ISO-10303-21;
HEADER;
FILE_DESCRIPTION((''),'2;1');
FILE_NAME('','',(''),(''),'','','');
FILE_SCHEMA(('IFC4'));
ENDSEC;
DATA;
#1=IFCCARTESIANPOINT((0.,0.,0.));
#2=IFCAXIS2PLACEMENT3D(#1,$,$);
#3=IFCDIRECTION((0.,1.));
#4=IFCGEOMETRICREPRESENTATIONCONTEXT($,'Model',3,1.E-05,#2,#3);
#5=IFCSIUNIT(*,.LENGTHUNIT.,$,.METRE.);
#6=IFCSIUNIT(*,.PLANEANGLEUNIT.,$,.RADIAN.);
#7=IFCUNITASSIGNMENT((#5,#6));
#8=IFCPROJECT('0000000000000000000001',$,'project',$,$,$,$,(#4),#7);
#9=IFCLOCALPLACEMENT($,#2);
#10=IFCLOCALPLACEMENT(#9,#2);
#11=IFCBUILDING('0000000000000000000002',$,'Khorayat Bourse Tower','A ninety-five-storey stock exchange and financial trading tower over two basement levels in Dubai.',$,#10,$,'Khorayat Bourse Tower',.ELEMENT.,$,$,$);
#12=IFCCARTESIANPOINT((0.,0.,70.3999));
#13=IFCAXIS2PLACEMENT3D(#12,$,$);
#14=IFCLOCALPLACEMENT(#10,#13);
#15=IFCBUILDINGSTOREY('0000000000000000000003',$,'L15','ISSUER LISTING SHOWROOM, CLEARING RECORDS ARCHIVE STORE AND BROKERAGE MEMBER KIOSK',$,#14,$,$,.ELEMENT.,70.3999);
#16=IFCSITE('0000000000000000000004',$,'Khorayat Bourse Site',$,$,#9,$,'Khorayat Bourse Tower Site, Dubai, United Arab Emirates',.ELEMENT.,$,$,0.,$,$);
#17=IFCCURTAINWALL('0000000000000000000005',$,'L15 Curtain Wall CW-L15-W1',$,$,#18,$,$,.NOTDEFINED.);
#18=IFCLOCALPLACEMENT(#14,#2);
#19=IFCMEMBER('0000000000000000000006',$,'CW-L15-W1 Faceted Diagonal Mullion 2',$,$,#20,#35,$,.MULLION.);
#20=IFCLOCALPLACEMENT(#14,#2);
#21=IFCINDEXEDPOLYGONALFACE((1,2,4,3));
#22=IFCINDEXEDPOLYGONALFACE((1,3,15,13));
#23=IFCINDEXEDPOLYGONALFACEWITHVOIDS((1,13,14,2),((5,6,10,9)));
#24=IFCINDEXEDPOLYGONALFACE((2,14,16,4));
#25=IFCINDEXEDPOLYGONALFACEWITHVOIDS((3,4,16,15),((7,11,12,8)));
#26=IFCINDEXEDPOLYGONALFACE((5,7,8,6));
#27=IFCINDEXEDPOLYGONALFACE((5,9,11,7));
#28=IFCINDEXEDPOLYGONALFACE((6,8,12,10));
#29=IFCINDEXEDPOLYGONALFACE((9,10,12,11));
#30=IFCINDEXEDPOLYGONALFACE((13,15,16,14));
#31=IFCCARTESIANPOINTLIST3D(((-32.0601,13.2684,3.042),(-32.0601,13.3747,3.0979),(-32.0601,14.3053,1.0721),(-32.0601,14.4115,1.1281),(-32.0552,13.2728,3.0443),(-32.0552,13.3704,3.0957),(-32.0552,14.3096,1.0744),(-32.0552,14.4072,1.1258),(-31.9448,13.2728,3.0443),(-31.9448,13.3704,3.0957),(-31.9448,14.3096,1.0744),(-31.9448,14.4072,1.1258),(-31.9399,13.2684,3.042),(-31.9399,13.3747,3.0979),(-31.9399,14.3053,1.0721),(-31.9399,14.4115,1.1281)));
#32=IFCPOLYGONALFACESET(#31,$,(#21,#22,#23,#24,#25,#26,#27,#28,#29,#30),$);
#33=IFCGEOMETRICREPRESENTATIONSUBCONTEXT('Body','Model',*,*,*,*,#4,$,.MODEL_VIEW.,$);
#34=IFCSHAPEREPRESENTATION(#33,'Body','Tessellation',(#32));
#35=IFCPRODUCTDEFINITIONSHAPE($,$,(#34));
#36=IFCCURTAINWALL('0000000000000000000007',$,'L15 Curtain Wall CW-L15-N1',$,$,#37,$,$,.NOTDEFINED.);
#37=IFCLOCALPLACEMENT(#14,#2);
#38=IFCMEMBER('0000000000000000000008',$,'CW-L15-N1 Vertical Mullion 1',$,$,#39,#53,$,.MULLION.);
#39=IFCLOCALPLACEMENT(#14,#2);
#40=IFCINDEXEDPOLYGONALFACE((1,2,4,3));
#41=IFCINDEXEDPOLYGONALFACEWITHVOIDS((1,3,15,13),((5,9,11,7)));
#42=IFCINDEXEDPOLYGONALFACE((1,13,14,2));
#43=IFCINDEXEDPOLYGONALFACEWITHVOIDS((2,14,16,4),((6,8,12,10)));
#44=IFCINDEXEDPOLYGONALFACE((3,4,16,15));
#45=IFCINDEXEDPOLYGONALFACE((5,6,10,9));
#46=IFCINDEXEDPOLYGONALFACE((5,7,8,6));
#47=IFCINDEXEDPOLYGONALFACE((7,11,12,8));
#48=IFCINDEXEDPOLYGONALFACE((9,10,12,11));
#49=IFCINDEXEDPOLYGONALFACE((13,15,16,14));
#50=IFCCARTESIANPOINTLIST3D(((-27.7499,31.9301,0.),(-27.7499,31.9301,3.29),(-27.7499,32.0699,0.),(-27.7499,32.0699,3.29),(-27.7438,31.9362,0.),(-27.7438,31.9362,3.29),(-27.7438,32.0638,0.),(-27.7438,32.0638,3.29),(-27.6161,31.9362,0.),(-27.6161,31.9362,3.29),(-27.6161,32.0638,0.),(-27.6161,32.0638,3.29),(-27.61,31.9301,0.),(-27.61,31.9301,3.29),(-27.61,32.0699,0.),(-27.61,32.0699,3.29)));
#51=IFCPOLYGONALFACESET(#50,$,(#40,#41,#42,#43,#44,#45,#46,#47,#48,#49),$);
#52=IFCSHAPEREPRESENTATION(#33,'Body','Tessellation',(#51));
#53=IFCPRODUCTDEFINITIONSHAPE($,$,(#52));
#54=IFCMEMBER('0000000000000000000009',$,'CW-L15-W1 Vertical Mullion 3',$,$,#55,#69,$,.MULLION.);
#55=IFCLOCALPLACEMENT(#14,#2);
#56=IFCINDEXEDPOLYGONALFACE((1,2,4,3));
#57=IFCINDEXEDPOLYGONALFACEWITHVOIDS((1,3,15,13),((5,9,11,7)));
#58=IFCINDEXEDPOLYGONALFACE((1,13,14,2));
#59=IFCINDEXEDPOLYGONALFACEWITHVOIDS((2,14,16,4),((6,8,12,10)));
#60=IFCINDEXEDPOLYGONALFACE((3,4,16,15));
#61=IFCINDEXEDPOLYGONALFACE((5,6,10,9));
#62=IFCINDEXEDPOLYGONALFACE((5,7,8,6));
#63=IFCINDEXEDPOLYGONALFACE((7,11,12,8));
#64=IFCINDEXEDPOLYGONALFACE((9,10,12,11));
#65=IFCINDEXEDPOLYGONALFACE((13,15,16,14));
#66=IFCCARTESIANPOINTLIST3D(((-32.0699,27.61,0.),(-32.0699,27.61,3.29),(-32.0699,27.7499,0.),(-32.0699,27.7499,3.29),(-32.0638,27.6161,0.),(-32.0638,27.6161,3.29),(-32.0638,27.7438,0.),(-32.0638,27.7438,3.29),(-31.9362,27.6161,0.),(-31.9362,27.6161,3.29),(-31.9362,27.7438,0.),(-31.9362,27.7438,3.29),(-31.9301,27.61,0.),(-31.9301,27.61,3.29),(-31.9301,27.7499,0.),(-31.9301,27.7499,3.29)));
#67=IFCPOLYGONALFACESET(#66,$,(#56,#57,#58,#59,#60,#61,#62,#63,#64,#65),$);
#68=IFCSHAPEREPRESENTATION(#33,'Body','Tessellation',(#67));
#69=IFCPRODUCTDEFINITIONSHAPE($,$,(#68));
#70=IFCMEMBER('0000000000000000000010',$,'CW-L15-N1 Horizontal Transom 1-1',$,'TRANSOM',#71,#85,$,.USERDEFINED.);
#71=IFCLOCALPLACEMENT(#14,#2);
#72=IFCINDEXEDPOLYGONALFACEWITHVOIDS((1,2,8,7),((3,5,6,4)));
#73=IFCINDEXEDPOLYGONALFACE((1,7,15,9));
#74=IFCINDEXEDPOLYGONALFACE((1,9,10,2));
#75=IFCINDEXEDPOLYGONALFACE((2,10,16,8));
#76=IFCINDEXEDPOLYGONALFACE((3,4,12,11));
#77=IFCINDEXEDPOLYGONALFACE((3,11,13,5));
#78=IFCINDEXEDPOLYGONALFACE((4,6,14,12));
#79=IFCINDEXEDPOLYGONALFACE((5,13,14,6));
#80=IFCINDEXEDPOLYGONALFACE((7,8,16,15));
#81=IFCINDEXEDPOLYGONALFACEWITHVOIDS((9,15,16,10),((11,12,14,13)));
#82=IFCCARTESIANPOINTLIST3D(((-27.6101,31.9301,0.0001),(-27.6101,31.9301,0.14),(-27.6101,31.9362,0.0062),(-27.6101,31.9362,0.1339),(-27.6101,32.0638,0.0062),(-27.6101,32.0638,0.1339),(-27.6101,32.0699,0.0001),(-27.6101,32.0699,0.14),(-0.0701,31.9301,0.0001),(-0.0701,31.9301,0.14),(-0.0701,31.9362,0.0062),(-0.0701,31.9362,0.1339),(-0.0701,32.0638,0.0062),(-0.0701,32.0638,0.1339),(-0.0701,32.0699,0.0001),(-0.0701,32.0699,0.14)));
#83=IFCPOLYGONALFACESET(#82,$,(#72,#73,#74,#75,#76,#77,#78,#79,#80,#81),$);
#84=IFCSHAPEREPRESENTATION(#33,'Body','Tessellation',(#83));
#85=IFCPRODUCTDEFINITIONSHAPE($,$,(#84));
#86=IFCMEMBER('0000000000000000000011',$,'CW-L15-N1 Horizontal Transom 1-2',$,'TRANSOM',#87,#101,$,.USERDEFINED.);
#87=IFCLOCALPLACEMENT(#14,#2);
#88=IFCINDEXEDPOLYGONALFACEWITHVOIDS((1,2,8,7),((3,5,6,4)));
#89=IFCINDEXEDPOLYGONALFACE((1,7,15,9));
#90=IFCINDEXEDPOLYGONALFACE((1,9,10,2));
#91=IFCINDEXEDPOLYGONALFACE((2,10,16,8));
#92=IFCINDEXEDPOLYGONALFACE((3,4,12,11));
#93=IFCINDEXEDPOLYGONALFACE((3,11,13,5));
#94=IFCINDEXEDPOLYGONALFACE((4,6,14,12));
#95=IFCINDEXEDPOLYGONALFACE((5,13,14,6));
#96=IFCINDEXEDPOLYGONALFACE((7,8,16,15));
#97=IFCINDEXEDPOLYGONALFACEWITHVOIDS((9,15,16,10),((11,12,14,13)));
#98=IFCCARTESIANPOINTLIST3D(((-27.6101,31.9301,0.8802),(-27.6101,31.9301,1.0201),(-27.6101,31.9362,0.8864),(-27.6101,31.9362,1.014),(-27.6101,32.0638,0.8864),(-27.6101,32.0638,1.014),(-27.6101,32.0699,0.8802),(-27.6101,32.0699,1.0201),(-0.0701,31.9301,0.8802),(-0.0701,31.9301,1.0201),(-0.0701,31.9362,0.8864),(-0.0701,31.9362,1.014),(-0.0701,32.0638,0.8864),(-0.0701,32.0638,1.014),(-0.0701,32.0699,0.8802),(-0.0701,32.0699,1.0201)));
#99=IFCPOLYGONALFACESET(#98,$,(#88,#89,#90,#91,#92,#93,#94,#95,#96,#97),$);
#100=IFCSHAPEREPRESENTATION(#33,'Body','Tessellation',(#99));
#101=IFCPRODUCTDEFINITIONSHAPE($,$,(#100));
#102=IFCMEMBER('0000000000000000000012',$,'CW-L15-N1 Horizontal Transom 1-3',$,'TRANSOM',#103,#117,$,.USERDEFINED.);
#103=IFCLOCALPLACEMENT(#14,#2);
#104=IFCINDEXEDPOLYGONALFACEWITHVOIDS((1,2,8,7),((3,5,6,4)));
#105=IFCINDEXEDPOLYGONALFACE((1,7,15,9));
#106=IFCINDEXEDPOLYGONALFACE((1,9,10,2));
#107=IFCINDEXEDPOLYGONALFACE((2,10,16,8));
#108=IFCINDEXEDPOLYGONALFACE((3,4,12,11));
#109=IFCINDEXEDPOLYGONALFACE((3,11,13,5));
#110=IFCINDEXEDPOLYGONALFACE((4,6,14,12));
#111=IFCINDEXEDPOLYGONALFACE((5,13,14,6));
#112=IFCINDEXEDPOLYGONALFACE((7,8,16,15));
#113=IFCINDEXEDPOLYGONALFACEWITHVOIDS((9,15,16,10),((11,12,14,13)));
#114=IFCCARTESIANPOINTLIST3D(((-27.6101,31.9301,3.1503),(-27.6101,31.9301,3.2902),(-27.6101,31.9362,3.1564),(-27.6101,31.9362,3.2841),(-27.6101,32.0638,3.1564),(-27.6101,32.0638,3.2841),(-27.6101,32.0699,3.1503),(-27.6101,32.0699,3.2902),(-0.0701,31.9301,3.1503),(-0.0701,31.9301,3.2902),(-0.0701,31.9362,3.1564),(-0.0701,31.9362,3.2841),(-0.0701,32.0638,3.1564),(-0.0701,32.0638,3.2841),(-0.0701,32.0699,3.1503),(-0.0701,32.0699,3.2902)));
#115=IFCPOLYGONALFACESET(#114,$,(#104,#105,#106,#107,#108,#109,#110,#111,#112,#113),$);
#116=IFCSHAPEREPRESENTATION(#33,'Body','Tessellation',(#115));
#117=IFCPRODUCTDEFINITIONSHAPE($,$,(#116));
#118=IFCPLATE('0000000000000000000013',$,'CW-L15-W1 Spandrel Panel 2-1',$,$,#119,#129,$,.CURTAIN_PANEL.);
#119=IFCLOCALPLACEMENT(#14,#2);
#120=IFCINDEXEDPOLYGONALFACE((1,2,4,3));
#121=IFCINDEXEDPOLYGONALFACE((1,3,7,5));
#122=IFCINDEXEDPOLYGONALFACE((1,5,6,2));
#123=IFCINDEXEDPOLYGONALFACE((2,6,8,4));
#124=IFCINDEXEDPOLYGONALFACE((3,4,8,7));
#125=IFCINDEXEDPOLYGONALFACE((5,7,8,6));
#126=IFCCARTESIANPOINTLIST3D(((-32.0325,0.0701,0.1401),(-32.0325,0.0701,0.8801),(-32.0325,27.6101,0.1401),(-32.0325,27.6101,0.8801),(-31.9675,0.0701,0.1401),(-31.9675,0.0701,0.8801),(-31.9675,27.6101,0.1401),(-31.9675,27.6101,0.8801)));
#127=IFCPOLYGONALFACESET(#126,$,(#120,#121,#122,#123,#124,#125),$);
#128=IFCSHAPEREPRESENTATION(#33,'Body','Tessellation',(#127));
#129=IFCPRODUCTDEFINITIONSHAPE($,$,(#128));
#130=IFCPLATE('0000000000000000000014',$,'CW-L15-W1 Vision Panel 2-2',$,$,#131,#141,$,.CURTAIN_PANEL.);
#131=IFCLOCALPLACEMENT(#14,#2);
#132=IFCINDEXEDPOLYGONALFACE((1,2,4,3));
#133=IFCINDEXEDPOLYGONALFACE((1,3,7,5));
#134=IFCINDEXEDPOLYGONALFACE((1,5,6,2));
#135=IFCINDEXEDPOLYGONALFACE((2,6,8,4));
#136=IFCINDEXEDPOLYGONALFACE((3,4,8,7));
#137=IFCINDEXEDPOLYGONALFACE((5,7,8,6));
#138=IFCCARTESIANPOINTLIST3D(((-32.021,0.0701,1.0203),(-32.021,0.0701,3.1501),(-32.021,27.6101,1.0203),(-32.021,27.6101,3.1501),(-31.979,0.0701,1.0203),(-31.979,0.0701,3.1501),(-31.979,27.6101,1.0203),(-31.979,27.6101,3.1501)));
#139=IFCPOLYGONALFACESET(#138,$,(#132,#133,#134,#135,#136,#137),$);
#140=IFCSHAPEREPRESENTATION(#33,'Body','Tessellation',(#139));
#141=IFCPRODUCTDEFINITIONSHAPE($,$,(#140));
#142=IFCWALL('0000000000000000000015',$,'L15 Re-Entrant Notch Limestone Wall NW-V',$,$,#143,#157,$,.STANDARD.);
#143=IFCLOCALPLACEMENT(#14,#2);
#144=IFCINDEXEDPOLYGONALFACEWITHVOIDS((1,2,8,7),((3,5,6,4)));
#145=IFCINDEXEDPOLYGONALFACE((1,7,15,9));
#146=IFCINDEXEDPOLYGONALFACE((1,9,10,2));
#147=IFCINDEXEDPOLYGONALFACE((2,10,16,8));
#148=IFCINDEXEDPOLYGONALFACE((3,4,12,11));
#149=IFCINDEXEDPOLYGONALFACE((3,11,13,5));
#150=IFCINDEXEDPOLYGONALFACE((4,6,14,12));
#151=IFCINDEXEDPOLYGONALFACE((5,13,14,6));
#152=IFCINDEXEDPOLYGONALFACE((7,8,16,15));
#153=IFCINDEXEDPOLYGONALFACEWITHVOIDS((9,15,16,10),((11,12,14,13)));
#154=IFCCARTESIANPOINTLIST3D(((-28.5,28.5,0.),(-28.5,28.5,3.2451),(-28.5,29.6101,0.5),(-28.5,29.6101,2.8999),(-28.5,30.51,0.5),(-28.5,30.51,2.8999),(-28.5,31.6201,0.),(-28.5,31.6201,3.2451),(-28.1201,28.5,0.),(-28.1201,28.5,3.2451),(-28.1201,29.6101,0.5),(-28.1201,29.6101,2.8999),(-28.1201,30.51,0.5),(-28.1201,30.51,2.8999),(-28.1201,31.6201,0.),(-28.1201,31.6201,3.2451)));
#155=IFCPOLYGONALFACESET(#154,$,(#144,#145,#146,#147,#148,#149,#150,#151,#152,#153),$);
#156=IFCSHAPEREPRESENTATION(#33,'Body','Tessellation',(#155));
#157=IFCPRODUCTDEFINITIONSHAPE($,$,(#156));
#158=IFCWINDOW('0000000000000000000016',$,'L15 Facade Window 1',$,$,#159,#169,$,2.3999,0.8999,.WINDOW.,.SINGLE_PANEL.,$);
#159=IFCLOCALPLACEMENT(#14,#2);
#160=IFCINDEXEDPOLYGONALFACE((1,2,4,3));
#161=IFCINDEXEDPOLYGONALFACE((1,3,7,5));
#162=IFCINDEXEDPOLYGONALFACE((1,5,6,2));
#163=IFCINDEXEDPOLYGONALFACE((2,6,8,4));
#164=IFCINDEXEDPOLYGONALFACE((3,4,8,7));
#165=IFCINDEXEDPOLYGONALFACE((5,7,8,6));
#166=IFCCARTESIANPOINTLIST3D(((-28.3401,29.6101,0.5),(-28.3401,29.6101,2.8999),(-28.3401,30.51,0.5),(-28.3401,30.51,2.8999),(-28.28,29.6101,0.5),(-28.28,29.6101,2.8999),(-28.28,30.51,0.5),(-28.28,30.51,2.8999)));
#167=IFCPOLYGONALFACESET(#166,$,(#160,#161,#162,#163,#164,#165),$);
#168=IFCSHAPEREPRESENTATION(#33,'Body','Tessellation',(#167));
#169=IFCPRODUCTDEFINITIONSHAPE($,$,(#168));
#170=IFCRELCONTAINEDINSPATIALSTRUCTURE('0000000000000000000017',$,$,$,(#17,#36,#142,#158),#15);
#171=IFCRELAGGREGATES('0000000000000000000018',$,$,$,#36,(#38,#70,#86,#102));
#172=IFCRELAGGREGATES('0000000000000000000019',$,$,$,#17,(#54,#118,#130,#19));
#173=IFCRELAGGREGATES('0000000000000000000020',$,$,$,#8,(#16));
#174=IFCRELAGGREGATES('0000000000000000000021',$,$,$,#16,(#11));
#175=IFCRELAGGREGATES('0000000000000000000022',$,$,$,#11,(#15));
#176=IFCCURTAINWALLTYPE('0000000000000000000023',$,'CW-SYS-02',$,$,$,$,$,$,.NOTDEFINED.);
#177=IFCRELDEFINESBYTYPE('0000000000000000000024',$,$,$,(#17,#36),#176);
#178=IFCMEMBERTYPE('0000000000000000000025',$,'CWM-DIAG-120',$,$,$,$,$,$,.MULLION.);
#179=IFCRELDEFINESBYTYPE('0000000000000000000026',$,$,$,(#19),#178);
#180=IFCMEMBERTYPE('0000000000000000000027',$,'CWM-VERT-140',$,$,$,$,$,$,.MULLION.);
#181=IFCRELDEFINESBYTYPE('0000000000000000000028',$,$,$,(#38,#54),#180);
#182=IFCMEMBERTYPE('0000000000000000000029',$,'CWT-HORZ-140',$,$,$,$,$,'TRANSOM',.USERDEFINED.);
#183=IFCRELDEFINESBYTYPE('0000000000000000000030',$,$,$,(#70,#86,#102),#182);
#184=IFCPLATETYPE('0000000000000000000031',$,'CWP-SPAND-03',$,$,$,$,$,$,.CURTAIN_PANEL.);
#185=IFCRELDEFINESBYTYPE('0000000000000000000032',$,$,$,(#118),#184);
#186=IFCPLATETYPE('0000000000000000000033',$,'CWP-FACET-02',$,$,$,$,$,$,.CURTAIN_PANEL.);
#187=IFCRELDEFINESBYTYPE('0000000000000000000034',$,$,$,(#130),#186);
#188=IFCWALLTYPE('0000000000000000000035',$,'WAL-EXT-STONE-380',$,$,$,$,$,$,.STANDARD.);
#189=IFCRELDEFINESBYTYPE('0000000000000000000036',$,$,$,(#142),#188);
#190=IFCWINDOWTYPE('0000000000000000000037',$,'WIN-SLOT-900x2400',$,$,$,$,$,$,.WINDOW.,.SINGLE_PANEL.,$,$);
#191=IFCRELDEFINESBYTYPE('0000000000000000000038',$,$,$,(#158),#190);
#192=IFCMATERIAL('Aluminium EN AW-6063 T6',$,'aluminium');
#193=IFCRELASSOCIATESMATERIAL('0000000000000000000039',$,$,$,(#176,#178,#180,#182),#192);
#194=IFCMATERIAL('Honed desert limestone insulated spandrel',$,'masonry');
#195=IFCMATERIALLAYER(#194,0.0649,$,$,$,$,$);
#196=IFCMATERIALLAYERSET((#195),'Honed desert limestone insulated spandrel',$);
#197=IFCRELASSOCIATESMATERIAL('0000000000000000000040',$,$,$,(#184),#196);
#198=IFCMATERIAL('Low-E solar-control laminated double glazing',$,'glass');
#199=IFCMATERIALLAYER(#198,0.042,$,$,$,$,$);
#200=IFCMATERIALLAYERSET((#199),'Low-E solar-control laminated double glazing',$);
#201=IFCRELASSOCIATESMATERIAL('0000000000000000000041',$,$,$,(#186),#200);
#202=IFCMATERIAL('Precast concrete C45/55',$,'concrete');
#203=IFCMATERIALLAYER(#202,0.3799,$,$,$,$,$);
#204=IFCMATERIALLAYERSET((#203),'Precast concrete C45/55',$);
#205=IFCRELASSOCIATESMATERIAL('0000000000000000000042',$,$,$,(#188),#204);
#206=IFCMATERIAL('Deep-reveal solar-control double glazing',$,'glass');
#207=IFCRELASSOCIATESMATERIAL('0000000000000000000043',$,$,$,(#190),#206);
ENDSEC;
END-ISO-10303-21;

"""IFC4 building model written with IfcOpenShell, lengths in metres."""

from ifc_helpers import new_model, si_unit, direction, frame, frame_2d, origin, origin_2d, place, context, subcontext, project, spatial, rectangle, hollow_rectangle, extrude, source, transform, mapped, material, layer, layer_set, material_profile, profile_set, type_object, element, fill, aggregate, save


model = new_model("IFC4")

# Units and contexts
model_context = context("Model", 3, precision=1e-05, world=origin(), true_north=direction((0.0, 1.0)))
body_context = subcontext(model_context, "Body", "Model", "MODEL_VIEW")
ifc_project = project(units=[si_unit("LENGTHUNIT", "METRE"), si_unit("PLANEANGLEUNIT", "RADIAN")], contexts=[model_context])

# Site, building, storey
site_placement = place(None, origin())
site = spatial("IfcSite", under=ifc_project, at=site_placement, Name="Khorayat Bourse Site", LongName="Khorayat Bourse Tower Site, Dubai, United Arab Emirates", CompositionType="ELEMENT", RefElevation=0.0)
building_placement = place(site_placement, origin())
building = spatial("IfcBuilding", under=site, at=building_placement, Name="Khorayat Bourse Tower", Description="A ninety-five-storey stock exchange and financial trading tower over two basement levels in Dubai.", LongName="Khorayat Bourse Tower", CompositionType="ELEMENT")
storey_placement = place(building_placement, frame((0.0, 0.0, 70.3999)))
storey = spatial("IfcBuildingStorey", under=building, at=storey_placement, Name="L15", Description="ISSUER LISTING SHOWROOM, CLEARING RECORDS ARCHIVE STORE AND BROKERAGE MEMBER KIOSK", CompositionType="ELEMENT", Elevation=70.3999)

# Curtain walls, members
ifc_material_1 = material(Name="Aluminium EN AW-6063 T6", Category="aluminium")
curtain_wall_type = type_object("IfcCurtainWallType", Name="CW-SYS-02", PredefinedType="NOTDEFINED", material=ifc_material_1)
curtain_wall_1_placement = place(storey_placement, origin())
curtain_wall_1 = element("IfcCurtainWall", 1, at=curtain_wall_1_placement, inside=storey, type_object=curtain_wall_type, Name="L15 Curtain Wall CW-L15-W1", PredefinedType="NOTDEFINED")
ifc_material_profile_1 = material_profile(ifc_material_1, hollow_rectangle(XDim=0.1201, YDim=0.1201, WallThickness=0.0049, at=origin_2d()), Name="ALU 120x120x5")
ifc_profile_set_1 = profile_set([ifc_material_profile_1], Name="Aluminium EN AW-6063 T6")
member_type_1 = type_object("IfcMemberType", Name="CWM-DIAG-120", PredefinedType="MULLION", material=ifc_profile_set_1)
shared_shape_1 = source(origin(), body_context, "Body", "SweptSolid", [
    extrude(hollow_rectangle(XDim=0.1201, YDim=0.1201, WallThickness=0.0049, at=origin_2d()), origin(), (0.0, 0.0, 1.0), 2.2261),
])
member_1_placement = place(storey_placement, frame((-32.0, 14.3584, 1.1001), z_axis=(0.0, -0.46576, 0.884911), x_axis=(1.0, 0.0, 0.0)))
member_1 = element("IfcMember", 2, at=member_1_placement, type_object=member_type_1, Name="CW-L15-W1 Faceted Diagonal Mullion 2", PredefinedType="MULLION", context=body_context, shape_type="MappedRepresentation", body=[
    mapped(shared_shape_1, transform((0.0, 0.0, 0.0), scale=1.0)),
])
curtain_wall_2_placement = place(storey_placement, origin())
curtain_wall_2 = element("IfcCurtainWall", 3, at=curtain_wall_2_placement, inside=storey, type_object=curtain_wall_type, Name="L15 Curtain Wall CW-L15-N1", PredefinedType="NOTDEFINED")
ifc_material_profile_2 = material_profile(ifc_material_1, hollow_rectangle(XDim=0.1399, YDim=0.1399, WallThickness=0.0061, at=origin_2d()), Name="ALU 140x140x6")
ifc_profile_set_2 = profile_set([ifc_material_profile_2], Name="Aluminium EN AW-6063 T6")
member_type_2 = type_object("IfcMemberType", Name="CWM-VERT-140", PredefinedType="MULLION", material=ifc_profile_set_2)
shared_shape_2 = source(origin(), body_context, "Body", "SweptSolid", [
    extrude(hollow_rectangle(XDim=0.1399, YDim=0.1399, WallThickness=0.0061, at=origin_2d()), origin(), (0.0, 0.0, 1.0), 3.29),
])
member_2_placement = place(storey_placement, frame((-27.6799, 32.0, 0.0), z_axis=(0.0, 0.0, 1.0), x_axis=(0.0, 1.0, 0.0)))
member_2 = element("IfcMember", 4, at=member_2_placement, type_object=member_type_2, Name="CW-L15-N1 Vertical Mullion 1", PredefinedType="MULLION", context=body_context, shape_type="MappedRepresentation", body=[
    mapped(shared_shape_2, transform((0.0, 0.0, 0.0), scale=1.0)),
])

# Members
member_3_placement = place(storey_placement, frame((-32.0, 27.6799, 0.0), z_axis=(0.0, 0.0, 1.0), x_axis=(-1.0, 0.0, 0.0)))
member_3 = element("IfcMember", 5, at=member_3_placement, type_object=member_type_2, Name="CW-L15-W1 Vertical Mullion 3", PredefinedType="MULLION", context=body_context, shape_type="MappedRepresentation", body=[
    mapped(shared_shape_2, transform((0.0, 0.0, 0.0), scale=1.0)),
])
ifc_material_profile_3 = material_profile(ifc_material_1, hollow_rectangle(XDim=0.1399, YDim=0.1399, WallThickness=0.0061, at=origin_2d()), Name="ALU 140x140x6")
ifc_profile_set_3 = profile_set([ifc_material_profile_3], Name="Aluminium EN AW-6063 T6")
member_type_3 = type_object("IfcMemberType", Name="CWT-HORZ-140", ElementType="TRANSOM", PredefinedType="USERDEFINED", material=ifc_profile_set_3)
shared_shape_3 = source(origin(), body_context, "Body", "SweptSolid", [
    extrude(hollow_rectangle(XDim=0.1399, YDim=0.1399, WallThickness=0.0061, at=origin_2d()), origin(), (0.0, 0.0, 1.0), 27.54),
])
member_4_placement = place(storey_placement, frame((-27.6101, 32.0, 0.0701), z_axis=(1.0, 0.0, 0.0), x_axis=(0.0, 1.0, 0.0)))
member_4 = element("IfcMember", 6, at=member_4_placement, type_object=member_type_3, Name="CW-L15-N1 Horizontal Transom 1-1", ObjectType="TRANSOM", PredefinedType="USERDEFINED", context=body_context, shape_type="MappedRepresentation", body=[
    mapped(shared_shape_3, transform((0.0, 0.0, 0.0), scale=1.0)),
])
member_5_placement = place(storey_placement, frame((-27.6101, 32.0, 0.9502), z_axis=(1.0, 0.0, 0.0), x_axis=(0.0, 1.0, 0.0)))
member_5 = element("IfcMember", 7, at=member_5_placement, type_object=member_type_3, Name="CW-L15-N1 Horizontal Transom 1-2", ObjectType="TRANSOM", PredefinedType="USERDEFINED", context=body_context, shape_type="MappedRepresentation", body=[
    mapped(shared_shape_3, transform((0.0, 0.0, 0.0), scale=1.0)),
])
member_6_placement = place(storey_placement, frame((-27.6101, 32.0, 3.2202), z_axis=(1.0, 0.0, 0.0), x_axis=(0.0, 1.0, 0.0)))
member_6 = element("IfcMember", 8, at=member_6_placement, type_object=member_type_3, Name="CW-L15-N1 Horizontal Transom 1-3", ObjectType="TRANSOM", PredefinedType="USERDEFINED", context=body_context, shape_type="MappedRepresentation", body=[
    mapped(shared_shape_3, transform((0.0, 0.0, 0.0), scale=1.0)),
])
aggregate(curtain_wall_2, [member_2, member_4, member_5, member_6])

# Plates
ifc_material_2 = material(Name="Honed desert limestone insulated spandrel", Category="masonry")
ifc_layer_1 = layer(ifc_material_2, 0.0649)
ifc_layer_set_1 = layer_set([ifc_layer_1], Name="Honed desert limestone insulated spandrel")
plate_type_1 = type_object("IfcPlateType", Name="CWP-SPAND-03", PredefinedType="CURTAIN_PANEL", material=ifc_layer_set_1)
shared_shape_4 = source(origin(), body_context, "Body", "SweptSolid", [
    extrude(rectangle(XDim=27.54, YDim=0.0649, at=origin_2d()), origin(), (0.0, 0.0, 1.0), 0.74),
])
plate_1_placement = place(storey_placement, frame((-32.0, 13.8401, 0.1401), z_axis=(0.0, 0.0, 1.0), x_axis=(0.0, 1.0, 0.0)))
plate_1 = element("IfcPlate", 9, at=plate_1_placement, type_object=plate_type_1, Name="CW-L15-W1 Spandrel Panel 2-1", PredefinedType="CURTAIN_PANEL", context=body_context, shape_type="MappedRepresentation", body=[
    mapped(shared_shape_4, transform((0.0, 0.0, 0.0), scale=1.0)),
])
ifc_material_3 = material(Name="Low-E solar-control laminated double glazing", Category="glass")
ifc_layer_2 = layer(ifc_material_3, 0.042)
ifc_layer_set_2 = layer_set([ifc_layer_2], Name="Low-E solar-control laminated double glazing")
plate_type_2 = type_object("IfcPlateType", Name="CWP-FACET-02", PredefinedType="CURTAIN_PANEL", material=ifc_layer_set_2)
shared_shape_5 = source(origin(), body_context, "Body", "SweptSolid", [
    extrude(rectangle(XDim=27.54, YDim=0.042, at=origin_2d()), origin(), (0.0, 0.0, 1.0), 2.1299),
])
plate_2_placement = place(storey_placement, frame((-32.0, 13.8401, 1.0203), z_axis=(0.0, 0.0, 1.0), x_axis=(0.0, 1.0, 0.0)))
plate_2 = element("IfcPlate", 10, at=plate_2_placement, type_object=plate_type_2, Name="CW-L15-W1 Vision Panel 2-2", PredefinedType="CURTAIN_PANEL", context=body_context, shape_type="MappedRepresentation", body=[
    mapped(shared_shape_5, transform((0.0, 0.0, 0.0), scale=1.0)),
])
aggregate(curtain_wall_1, [member_3, plate_1, plate_2, member_1])

# Wall, opening, window
ifc_material_4 = material(Name="Precast concrete C45/55", Category="concrete")
ifc_layer_3 = layer(ifc_material_4, 0.3799)
ifc_layer_set_3 = layer_set([ifc_layer_3], Name="Precast concrete C45/55")
wall_type_1 = type_object("IfcWallType", Name="WAL-EXT-STONE-380", PredefinedType="STANDARD", material=ifc_layer_set_3)
shared_shape_6 = source(origin(), body_context, "Body", "SweptSolid", [
    extrude(rectangle(XDim=3.1201, YDim=0.3799, at=frame_2d((1.5601, 0.0))), origin(), (0.0, 0.0, 1.0), 3.2451),
])
wall_1_placement = place(storey_placement, frame((-28.3101, 28.5, 0.0), z_axis=(0.0, 0.0, 1.0), x_axis=(0.0, 1.0, 0.0)))
wall_1 = element("IfcWall", 11, at=wall_1_placement, inside=storey, type_object=wall_type_1, Name="L15 Re-Entrant Notch Limestone Wall NW-V", PredefinedType="STANDARD", context=body_context, shape_type="MappedRepresentation", body=[
    mapped(shared_shape_6, transform((0.0, 0.0, 0.0), scale=1.0)),
])
shared_shape_7 = source(origin(), body_context, "Body", "SweptSolid", [
    extrude(rectangle(XDim=0.8999, YDim=2.3999, at=frame_2d((0.45, 1.2))), frame((0.0, 0.2, 0.0), z_axis=(0.0, -1.0, 0.0), x_axis=(1.0, 0.0, 0.0)), (0.0, 0.0, 1.0), 0.3999),
])
opening_1_placement = place(wall_1_placement, frame((1.1101, 0.0, 0.5)))
opening_1 = element("IfcOpeningElement", 12, at=opening_1_placement, cuts=wall_1, PredefinedType="OPENING", context=body_context, shape_type="MappedRepresentation", body=[
    mapped(shared_shape_7, transform((0.0, 0.0, 0.0), scale=1.0)),
])
ifc_material_5 = material(Name="Deep-reveal solar-control double glazing", Category="glass")
window_type = type_object("IfcWindowType", Name="WIN-SLOT-900x2400", PartitioningType="SINGLE_PANEL", PredefinedType="WINDOW", material=ifc_material_5)
shared_shape_8 = source(origin(), body_context, "Body", "SweptSolid", [
    extrude(rectangle(XDim=0.8999, YDim=2.3999, at=frame_2d((0.45, 1.2))), frame((0.0, 0.03, 0.0), z_axis=(0.0, -1.0, 0.0), x_axis=(1.0, 0.0, 0.0)), (0.0, 0.0, 1.0), 0.0601),
])
window_1_placement = place(opening_1_placement, origin())
window_1 = element("IfcWindow", 13, at=window_1_placement, inside=storey, type_object=window_type, Name="L15 Facade Window 1", OverallHeight=2.3999, OverallWidth=0.8999, PartitioningType="SINGLE_PANEL", PredefinedType="WINDOW", context=body_context, shape_type="MappedRepresentation", body=[
    mapped(shared_shape_8, transform((0.0, 0.0, 0.0), scale=1.0)),
])
fill(opening_1, window_1)

save(model, "model.ifc")
